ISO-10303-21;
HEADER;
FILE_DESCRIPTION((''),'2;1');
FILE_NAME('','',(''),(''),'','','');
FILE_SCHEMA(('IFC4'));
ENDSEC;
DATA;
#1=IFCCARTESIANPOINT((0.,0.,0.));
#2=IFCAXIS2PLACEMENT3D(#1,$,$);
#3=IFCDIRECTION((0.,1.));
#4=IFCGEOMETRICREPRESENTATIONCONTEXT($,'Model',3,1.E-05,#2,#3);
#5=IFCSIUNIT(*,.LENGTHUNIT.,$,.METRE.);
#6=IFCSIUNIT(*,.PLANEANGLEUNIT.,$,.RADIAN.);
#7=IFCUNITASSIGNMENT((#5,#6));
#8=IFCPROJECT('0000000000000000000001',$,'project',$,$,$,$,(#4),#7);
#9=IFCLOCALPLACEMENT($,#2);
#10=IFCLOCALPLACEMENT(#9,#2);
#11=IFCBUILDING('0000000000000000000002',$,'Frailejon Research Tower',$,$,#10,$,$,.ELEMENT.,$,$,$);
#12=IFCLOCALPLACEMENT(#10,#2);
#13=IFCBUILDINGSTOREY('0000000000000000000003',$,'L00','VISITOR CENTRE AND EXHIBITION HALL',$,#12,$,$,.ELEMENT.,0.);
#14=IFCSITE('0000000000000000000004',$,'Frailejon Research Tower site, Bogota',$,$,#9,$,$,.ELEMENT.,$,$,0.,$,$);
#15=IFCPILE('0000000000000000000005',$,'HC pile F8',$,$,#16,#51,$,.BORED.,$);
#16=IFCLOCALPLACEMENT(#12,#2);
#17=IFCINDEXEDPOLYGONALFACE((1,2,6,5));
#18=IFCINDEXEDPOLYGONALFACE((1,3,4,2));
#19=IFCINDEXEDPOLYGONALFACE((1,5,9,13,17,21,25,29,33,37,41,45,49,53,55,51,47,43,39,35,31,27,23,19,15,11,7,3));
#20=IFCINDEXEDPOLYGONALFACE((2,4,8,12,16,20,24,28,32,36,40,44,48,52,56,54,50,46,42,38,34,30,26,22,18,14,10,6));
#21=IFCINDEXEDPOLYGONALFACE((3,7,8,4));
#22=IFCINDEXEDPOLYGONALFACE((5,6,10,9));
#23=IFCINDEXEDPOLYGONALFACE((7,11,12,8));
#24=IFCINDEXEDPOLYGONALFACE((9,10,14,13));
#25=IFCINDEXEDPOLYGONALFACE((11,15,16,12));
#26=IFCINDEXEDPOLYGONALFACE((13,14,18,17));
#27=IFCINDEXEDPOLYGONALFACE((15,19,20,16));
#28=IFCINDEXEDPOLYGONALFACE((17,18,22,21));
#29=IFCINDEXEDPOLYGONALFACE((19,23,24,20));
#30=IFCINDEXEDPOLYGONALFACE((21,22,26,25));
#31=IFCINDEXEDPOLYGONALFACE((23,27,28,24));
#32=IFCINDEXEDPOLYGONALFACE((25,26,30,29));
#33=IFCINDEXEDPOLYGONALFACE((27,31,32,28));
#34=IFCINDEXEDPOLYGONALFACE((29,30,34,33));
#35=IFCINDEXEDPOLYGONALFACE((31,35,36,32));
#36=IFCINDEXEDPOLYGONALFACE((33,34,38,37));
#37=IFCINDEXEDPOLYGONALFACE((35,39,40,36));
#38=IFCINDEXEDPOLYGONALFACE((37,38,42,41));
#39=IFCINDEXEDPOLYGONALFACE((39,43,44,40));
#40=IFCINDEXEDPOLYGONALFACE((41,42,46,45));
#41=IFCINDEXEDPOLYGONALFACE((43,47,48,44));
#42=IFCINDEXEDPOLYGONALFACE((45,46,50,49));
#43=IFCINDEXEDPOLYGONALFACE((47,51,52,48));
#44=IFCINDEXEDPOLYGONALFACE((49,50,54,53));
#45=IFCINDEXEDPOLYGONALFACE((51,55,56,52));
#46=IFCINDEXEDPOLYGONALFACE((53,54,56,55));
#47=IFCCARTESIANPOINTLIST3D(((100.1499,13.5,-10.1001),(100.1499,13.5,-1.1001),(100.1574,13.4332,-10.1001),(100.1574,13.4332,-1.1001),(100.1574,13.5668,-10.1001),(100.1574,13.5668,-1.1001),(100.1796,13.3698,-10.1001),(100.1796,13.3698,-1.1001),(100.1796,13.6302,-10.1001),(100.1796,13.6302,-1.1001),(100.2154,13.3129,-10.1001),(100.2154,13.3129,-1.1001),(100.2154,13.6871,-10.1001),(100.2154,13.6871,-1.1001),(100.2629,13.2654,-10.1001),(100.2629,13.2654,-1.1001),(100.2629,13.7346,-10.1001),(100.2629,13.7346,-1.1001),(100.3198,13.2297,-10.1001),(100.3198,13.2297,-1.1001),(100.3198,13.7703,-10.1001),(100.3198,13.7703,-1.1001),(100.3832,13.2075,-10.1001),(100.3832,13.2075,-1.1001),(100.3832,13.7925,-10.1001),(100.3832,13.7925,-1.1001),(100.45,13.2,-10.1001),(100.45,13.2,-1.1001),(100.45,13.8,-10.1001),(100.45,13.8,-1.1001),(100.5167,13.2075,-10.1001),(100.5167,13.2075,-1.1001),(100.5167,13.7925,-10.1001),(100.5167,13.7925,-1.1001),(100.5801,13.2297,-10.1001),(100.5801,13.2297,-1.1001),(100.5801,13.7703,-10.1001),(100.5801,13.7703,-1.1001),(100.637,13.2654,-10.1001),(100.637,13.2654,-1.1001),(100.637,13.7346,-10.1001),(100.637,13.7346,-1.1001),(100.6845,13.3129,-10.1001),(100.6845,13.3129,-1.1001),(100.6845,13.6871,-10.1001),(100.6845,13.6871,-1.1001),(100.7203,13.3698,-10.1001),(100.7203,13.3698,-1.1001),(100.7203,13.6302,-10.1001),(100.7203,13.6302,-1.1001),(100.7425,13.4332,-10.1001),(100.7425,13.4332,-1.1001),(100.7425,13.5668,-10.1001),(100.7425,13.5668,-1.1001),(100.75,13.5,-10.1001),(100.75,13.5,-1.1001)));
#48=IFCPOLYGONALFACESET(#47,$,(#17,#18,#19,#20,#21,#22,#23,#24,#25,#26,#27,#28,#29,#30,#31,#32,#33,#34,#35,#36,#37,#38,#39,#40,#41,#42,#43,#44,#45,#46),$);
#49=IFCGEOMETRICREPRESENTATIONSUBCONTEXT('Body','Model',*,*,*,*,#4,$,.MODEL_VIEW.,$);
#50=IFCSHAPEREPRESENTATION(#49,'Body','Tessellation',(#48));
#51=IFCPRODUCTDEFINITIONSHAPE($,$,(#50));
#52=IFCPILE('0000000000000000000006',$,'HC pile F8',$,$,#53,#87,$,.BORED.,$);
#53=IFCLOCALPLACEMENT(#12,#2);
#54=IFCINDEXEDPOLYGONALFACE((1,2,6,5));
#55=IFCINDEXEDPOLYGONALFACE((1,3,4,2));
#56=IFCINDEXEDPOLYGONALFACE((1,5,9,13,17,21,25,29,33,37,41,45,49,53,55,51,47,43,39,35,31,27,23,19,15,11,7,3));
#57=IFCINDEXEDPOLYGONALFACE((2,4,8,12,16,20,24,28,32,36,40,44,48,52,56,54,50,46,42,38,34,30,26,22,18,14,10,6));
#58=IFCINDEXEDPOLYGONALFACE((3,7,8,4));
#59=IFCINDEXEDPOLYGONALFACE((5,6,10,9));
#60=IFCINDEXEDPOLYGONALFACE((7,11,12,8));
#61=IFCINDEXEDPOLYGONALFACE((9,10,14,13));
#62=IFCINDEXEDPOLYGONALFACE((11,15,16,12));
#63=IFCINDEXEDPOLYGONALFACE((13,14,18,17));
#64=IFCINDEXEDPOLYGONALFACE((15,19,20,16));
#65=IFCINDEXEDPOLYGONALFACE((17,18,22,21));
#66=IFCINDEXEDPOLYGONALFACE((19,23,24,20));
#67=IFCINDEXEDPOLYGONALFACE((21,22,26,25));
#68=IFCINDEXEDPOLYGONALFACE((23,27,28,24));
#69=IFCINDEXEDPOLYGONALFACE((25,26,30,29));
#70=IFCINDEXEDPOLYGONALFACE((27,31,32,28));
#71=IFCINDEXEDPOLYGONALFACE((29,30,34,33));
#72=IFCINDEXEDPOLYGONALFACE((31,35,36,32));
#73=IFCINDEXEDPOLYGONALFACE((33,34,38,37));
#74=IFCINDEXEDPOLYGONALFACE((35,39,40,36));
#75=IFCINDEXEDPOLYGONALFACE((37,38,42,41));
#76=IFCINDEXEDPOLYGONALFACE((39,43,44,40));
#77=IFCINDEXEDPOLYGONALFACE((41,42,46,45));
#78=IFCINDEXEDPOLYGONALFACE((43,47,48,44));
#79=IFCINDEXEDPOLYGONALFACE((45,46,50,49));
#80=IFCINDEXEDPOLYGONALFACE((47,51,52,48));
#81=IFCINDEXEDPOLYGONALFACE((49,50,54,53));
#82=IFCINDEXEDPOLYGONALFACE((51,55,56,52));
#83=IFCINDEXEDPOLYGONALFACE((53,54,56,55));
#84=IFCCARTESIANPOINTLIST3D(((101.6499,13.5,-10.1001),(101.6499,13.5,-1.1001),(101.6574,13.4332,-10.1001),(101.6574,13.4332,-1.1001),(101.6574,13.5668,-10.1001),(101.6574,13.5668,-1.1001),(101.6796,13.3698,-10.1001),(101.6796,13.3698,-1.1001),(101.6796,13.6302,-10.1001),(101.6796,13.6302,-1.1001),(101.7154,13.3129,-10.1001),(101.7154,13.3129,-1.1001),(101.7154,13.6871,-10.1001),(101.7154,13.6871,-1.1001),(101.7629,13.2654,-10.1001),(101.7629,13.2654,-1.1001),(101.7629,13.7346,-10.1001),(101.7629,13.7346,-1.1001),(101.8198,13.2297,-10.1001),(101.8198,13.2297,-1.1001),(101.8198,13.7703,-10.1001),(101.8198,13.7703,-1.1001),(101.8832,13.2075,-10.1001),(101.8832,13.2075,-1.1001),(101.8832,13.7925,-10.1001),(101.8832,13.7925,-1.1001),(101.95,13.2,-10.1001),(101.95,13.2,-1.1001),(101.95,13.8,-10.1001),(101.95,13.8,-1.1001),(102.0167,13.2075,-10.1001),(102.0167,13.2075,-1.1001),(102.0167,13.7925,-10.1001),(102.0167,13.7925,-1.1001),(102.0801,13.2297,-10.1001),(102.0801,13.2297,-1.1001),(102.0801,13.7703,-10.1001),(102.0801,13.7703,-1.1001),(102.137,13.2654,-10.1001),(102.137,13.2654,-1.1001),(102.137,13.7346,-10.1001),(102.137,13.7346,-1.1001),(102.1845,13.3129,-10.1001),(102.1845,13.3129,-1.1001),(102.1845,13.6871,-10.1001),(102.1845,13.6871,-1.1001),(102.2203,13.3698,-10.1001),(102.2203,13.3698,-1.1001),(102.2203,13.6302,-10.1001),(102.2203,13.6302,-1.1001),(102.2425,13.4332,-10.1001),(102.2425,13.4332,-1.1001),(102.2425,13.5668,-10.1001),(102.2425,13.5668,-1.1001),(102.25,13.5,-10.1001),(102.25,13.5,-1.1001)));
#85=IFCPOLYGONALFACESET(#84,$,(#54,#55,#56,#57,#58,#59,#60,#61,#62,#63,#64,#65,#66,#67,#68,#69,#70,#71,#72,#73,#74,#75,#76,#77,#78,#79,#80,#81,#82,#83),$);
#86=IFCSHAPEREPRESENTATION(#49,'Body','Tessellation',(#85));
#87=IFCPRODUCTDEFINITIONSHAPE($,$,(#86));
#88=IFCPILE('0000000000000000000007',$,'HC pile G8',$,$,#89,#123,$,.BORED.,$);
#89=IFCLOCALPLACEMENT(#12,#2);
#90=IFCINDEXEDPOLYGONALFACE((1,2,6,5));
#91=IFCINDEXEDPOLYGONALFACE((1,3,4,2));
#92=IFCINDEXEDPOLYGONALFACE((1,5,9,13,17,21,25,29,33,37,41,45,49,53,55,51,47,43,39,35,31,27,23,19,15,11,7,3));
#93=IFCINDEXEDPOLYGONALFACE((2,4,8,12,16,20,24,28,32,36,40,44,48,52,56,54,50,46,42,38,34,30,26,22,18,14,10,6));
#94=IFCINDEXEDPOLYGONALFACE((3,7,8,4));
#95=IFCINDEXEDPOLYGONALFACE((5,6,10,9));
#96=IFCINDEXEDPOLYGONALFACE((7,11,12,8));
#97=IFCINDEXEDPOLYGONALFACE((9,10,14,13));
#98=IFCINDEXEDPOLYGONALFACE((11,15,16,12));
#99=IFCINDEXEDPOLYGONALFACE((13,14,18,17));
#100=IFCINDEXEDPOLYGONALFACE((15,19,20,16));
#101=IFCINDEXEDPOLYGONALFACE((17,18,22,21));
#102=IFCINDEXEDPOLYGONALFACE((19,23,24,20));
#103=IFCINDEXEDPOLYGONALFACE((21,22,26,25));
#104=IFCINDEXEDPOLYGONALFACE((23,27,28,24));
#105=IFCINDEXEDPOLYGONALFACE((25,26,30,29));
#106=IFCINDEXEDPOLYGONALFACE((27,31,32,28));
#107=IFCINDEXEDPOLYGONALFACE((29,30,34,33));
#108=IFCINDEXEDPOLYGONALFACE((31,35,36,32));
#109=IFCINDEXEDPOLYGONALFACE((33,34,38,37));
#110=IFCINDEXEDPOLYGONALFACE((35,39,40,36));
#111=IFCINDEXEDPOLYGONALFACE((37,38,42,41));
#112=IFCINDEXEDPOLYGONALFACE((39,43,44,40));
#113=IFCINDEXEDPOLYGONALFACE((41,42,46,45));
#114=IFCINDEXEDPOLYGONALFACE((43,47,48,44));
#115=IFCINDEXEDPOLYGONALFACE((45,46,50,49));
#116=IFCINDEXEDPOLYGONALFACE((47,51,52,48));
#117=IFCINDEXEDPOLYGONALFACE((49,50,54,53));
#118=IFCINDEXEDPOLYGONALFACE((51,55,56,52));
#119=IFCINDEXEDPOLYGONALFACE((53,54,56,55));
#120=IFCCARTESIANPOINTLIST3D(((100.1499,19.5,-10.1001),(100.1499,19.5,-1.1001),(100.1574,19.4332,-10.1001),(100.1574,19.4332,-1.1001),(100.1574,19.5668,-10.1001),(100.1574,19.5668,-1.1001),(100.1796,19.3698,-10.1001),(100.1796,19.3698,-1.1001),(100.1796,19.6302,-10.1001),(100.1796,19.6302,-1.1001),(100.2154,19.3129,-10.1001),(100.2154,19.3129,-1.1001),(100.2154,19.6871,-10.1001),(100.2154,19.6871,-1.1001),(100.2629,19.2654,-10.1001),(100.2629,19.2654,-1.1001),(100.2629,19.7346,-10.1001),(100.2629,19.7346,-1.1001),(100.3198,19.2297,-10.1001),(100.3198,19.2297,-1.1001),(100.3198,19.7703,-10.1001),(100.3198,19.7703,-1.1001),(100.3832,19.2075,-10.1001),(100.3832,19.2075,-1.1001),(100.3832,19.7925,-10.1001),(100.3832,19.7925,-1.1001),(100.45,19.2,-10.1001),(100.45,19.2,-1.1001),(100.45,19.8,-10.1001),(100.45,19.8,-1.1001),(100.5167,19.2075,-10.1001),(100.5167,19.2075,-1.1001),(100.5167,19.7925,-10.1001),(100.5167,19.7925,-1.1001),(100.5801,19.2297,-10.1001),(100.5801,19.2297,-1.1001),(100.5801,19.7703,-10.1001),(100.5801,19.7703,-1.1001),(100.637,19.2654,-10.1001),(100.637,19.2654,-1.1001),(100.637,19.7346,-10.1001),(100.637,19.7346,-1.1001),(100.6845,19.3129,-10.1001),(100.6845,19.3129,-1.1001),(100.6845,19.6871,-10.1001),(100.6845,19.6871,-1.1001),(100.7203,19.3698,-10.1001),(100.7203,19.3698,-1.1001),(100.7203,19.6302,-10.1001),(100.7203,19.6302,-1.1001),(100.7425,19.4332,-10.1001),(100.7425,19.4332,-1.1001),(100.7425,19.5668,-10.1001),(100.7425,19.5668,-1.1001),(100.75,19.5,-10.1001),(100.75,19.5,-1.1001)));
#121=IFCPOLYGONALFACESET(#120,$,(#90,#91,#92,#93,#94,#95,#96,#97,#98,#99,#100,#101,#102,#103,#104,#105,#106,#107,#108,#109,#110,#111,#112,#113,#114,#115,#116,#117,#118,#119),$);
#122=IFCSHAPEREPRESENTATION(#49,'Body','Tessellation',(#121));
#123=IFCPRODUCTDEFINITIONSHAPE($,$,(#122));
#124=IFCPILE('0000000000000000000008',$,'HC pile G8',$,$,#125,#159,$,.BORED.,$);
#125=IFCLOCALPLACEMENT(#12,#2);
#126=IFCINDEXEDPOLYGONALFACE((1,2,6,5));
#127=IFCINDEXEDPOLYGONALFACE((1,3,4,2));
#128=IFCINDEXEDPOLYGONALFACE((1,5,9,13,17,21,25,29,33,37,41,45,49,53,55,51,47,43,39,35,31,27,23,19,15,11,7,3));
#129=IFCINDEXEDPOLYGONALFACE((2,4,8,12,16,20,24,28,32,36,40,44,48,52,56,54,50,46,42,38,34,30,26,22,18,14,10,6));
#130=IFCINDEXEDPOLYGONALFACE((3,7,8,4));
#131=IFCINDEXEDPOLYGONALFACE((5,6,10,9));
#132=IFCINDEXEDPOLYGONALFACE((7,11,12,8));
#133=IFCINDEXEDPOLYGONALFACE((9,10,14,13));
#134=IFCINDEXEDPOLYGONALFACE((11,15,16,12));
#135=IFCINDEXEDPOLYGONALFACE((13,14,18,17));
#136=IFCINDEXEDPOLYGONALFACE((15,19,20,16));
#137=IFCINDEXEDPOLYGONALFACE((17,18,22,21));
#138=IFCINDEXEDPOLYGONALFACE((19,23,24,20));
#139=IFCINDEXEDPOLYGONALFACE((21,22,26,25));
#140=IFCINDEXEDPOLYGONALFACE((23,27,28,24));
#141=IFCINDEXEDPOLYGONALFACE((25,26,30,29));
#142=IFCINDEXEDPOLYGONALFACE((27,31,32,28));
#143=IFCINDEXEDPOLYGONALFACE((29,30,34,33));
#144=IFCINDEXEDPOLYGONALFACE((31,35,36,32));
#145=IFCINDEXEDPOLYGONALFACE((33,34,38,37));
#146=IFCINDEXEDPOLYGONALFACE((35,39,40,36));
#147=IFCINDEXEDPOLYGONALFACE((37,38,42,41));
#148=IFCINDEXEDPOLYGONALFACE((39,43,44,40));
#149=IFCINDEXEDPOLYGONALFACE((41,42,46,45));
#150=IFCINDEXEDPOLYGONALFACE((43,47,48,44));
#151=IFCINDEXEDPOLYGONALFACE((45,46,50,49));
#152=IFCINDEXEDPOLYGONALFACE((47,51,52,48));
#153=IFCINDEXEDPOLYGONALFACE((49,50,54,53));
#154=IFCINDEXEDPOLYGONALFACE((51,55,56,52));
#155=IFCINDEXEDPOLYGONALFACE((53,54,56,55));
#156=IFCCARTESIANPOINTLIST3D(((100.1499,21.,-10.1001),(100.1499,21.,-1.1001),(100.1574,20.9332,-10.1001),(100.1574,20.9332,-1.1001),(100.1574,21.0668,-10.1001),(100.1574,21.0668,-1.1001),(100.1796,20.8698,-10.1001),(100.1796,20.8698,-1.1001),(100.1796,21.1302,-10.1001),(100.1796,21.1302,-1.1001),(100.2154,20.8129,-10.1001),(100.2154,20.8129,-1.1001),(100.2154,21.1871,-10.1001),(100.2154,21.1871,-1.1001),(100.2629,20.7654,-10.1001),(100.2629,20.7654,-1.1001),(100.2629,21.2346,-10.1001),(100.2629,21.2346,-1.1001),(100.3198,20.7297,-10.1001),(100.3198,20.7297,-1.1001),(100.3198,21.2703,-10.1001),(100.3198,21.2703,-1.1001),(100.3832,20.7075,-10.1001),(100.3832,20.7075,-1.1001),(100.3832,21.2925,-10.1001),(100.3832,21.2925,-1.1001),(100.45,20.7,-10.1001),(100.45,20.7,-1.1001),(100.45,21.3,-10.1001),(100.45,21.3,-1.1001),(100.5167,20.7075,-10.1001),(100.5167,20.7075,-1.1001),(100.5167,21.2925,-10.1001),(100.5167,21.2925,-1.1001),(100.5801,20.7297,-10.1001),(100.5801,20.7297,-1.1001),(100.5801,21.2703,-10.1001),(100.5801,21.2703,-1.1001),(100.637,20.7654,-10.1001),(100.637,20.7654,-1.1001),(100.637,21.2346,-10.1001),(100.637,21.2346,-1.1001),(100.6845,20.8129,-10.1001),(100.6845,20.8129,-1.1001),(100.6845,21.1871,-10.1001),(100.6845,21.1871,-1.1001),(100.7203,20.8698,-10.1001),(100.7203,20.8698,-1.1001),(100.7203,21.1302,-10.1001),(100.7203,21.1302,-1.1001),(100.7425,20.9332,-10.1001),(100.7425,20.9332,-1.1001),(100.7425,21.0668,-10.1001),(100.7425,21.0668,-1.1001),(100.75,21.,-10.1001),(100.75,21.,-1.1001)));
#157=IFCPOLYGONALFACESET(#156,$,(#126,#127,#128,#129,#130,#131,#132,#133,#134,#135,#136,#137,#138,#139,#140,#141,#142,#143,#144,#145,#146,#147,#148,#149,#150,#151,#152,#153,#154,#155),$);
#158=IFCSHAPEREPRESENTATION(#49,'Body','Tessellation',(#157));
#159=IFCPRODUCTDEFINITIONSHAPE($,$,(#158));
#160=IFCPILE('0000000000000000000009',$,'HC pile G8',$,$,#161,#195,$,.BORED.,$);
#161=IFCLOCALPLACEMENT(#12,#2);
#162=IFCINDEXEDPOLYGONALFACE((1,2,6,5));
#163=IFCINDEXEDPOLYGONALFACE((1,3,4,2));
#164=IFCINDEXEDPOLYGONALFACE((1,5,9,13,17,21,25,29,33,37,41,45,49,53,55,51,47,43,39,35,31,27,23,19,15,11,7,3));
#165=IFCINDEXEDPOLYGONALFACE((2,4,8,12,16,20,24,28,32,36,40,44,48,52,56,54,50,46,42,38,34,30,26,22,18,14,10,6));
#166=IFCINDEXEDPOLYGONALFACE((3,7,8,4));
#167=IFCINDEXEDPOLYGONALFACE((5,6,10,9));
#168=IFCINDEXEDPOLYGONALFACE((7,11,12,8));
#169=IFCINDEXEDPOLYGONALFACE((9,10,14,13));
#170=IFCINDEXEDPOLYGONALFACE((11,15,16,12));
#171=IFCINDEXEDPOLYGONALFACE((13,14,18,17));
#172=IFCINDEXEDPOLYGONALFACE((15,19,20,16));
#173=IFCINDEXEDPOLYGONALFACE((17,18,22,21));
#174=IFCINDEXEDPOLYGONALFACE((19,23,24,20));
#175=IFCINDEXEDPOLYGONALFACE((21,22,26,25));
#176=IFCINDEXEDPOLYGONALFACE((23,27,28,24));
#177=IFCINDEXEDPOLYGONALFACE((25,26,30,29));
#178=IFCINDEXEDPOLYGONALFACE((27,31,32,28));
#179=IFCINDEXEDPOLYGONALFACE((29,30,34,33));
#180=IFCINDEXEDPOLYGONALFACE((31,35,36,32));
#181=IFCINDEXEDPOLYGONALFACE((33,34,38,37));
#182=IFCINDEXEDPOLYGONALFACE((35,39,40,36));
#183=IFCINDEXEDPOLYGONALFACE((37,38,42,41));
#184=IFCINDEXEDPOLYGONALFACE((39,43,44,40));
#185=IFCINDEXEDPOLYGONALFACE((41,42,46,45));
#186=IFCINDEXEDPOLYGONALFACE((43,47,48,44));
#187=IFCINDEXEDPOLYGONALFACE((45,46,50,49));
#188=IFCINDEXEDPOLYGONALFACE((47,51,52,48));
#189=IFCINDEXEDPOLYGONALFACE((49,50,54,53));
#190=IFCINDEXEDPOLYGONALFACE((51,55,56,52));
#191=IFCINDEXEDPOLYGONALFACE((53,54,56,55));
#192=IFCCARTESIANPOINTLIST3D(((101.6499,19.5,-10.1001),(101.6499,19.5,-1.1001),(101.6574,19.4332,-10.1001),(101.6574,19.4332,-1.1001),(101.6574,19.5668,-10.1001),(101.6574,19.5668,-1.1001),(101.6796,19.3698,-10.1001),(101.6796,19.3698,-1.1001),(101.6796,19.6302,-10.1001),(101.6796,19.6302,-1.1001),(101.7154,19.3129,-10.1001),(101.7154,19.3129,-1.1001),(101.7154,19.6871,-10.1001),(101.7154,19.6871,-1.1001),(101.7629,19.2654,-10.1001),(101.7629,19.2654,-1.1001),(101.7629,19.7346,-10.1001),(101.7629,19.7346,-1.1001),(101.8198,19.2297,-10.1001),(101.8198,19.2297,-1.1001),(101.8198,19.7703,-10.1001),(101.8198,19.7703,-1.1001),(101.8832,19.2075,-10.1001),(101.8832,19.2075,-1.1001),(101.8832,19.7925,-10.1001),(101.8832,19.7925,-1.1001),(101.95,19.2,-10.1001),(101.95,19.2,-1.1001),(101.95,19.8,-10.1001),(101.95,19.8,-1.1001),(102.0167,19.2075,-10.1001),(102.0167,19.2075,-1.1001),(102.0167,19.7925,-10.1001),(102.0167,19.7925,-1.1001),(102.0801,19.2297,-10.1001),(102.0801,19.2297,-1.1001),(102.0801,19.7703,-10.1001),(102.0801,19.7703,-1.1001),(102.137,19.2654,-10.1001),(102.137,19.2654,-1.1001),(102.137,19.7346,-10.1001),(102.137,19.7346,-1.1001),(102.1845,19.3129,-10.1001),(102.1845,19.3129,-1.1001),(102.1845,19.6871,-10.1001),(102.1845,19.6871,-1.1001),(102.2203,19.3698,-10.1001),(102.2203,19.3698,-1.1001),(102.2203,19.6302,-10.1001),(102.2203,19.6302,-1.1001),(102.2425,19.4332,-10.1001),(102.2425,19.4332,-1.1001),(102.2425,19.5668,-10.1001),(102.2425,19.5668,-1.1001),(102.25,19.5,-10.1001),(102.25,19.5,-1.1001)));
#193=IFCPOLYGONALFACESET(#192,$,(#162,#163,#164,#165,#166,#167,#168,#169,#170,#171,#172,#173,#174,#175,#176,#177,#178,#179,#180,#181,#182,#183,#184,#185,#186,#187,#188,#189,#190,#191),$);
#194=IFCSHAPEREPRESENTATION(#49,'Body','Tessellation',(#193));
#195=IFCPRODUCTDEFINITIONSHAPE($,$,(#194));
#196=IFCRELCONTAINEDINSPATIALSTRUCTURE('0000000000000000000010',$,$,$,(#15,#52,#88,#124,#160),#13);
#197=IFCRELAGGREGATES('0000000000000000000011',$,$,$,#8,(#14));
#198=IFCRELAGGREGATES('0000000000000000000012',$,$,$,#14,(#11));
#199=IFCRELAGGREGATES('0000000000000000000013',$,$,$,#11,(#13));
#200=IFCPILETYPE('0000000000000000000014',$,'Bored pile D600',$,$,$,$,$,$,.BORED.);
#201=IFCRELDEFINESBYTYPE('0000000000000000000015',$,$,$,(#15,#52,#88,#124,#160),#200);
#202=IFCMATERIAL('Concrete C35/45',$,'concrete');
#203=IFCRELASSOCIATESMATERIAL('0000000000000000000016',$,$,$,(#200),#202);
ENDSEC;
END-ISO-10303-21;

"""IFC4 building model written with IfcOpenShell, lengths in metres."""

from ifc_helpers import new_model, si_unit, direction, frame, origin, origin_2d, place, context, subcontext, project, spatial, circle, extrude, material, material_profile, profile_set, type_object, element, save


model = new_model("IFC4")

# Units and contexts
model_context = context("Model", 3, precision=1e-05, world=origin(), true_north=direction((0.0, 1.0)))
body_context = subcontext(model_context, "Body", "Model", "MODEL_VIEW")
ifc_project = project(units=[si_unit("LENGTHUNIT", "METRE"), si_unit("PLANEANGLEUNIT", "RADIAN")], contexts=[model_context])

# Site, building, storey
site_placement = place(None, origin())
site = spatial("IfcSite", under=ifc_project, at=site_placement, Name="Frailejon Research Tower site, Bogota", CompositionType="ELEMENT", RefElevation=0.0)
building_placement = place(site_placement, origin())
building = spatial("IfcBuilding", under=site, at=building_placement, Name="Frailejon Research Tower", CompositionType="ELEMENT")
storey_placement = place(building_placement, origin())
storey = spatial("IfcBuildingStorey", under=building, at=storey_placement, Name="L00", Description="VISITOR CENTRE AND EXHIBITION HALL", CompositionType="ELEMENT", Elevation=0.0)

# Piles
ifc_material_1 = material(Name="Concrete C35/45", Category="concrete")
ifc_material_profile_1 = material_profile(ifc_material_1, circle(Radius=0.3, at=origin_2d()), Name="Bored pile D600")
ifc_profile_set_1 = profile_set([ifc_material_profile_1], Name="Concrete C35/45")
pile_type = type_object("IfcPileType", Name="Bored pile D600", PredefinedType="BORED", material=ifc_profile_set_1)
for number, where, z_axis, x_axis, name in (
    (1, (100.45, 13.5, -1.1001), (0.0, 0.0, -1.0), (1.0, 0.0, 0.0), "HC pile F8"),
    (2, (101.95, 13.5, -1.1001), (0.0, 0.0, -1.0), (1.0, 0.0, 0.0), "HC pile F8"),
    (3, (100.45, 19.5, -1.1001), (0.0, 0.0, -1.0), (1.0, 0.0, 0.0), "HC pile G8"),
    (4, (100.45, 21.0, -1.1001), (0.0, 0.0, -1.0), (1.0, 0.0, 0.0), "HC pile G8"),
    (5, (101.95, 19.5, -1.1001), (0.0, 0.0, -1.0), (1.0, 0.0, 0.0), "HC pile G8"),
):
    element("IfcPile", number, at=place(storey_placement, frame(where, z_axis=z_axis, x_axis=x_axis)), inside=storey, type_object=pile_type, Name=name, PredefinedType="BORED", context=body_context, shape_type="SweptSolid", body=[
        extrude(circle(Radius=0.3, at=origin_2d()), origin(), (0.0, 0.0, 1.0), 9.0),
    ])

save(model, "model.ifc")
